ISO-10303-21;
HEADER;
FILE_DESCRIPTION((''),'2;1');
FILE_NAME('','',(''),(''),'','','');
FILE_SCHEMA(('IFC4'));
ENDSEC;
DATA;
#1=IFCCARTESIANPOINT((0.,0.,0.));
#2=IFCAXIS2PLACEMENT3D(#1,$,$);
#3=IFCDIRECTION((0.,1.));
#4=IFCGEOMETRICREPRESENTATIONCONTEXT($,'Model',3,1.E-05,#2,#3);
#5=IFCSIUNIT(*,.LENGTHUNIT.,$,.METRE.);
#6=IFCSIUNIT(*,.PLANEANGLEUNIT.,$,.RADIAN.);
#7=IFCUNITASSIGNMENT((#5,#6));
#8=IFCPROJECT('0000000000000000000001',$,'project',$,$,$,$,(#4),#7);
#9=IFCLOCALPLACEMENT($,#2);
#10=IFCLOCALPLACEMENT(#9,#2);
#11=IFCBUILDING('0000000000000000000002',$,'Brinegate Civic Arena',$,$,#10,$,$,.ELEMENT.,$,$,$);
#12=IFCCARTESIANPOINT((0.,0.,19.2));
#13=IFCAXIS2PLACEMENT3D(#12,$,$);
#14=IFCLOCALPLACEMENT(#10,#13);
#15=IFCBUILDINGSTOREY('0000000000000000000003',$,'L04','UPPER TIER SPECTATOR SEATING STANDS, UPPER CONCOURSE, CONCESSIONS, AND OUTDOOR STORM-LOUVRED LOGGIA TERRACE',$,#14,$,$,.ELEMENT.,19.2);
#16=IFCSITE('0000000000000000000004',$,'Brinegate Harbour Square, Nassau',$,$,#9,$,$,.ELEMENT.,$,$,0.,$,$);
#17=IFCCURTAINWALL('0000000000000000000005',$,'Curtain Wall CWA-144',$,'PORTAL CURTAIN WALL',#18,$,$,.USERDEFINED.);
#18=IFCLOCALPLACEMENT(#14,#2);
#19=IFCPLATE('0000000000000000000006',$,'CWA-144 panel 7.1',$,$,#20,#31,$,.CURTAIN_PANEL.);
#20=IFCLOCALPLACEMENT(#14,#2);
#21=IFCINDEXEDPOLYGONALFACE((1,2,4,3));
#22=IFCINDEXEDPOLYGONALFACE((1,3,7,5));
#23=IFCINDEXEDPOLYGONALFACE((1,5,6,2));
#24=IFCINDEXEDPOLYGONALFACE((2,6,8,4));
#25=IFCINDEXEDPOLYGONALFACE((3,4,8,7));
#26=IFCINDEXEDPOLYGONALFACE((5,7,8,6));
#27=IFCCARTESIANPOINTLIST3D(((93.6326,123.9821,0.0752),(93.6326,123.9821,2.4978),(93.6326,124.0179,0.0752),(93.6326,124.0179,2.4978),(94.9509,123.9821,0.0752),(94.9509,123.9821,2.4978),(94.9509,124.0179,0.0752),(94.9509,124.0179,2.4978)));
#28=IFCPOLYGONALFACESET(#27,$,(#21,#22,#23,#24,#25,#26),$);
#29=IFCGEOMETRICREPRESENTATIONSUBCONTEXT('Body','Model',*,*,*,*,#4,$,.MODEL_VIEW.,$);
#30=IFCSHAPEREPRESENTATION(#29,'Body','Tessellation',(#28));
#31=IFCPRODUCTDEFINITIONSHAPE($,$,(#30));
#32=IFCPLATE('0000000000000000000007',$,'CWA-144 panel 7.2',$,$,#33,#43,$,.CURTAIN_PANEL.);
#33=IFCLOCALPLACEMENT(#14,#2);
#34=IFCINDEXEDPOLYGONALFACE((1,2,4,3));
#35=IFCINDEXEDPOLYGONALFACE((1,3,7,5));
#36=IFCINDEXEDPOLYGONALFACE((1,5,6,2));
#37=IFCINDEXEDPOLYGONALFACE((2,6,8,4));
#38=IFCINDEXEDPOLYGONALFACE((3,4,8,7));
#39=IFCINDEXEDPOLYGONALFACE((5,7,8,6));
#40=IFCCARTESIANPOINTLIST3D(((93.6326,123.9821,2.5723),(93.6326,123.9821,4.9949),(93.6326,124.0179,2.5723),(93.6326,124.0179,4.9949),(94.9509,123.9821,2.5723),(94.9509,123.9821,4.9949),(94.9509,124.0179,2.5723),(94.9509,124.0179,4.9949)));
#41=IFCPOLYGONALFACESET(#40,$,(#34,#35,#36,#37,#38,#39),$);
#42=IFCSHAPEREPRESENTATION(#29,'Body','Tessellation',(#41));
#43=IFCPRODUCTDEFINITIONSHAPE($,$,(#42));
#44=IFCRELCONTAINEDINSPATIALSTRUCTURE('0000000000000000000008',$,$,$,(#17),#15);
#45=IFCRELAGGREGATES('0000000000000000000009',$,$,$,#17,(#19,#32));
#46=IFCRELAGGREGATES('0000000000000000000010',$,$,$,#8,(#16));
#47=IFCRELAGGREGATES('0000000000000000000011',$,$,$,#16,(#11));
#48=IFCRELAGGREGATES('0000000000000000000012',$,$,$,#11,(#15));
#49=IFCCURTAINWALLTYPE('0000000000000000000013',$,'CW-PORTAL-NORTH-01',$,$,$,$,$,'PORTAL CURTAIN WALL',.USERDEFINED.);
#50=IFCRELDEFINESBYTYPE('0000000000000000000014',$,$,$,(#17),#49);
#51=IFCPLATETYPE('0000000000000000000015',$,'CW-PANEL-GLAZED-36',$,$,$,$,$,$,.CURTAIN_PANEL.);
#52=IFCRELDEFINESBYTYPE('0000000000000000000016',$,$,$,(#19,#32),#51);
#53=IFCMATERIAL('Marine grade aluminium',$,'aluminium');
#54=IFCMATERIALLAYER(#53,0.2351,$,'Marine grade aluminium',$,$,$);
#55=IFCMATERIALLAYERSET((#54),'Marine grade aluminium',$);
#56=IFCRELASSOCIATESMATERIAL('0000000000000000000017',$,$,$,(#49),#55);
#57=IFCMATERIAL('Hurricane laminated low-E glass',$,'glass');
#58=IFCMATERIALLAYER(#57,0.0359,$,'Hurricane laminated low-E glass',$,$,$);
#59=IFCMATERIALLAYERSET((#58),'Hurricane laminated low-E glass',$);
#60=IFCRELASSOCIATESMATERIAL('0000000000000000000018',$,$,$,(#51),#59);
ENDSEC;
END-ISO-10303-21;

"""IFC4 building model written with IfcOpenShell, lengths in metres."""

from ifc_helpers import new_model, si_unit, direction, frame, origin, origin_2d, place, context, subcontext, project, spatial, rectangle, extrude, material, layer, layer_set, type_object, element, aggregate, save


model = new_model("IFC4")

# Units and contexts
model_context = context("Model", 3, precision=1e-05, world=origin(), true_north=direction((0.0, 1.0)))
body_context = subcontext(model_context, "Body", "Model", "MODEL_VIEW")
ifc_project = project(units=[si_unit("LENGTHUNIT", "METRE"), si_unit("PLANEANGLEUNIT", "RADIAN")], contexts=[model_context])

# Site, building, storey
site_placement = place(None, origin())
site = spatial("IfcSite", under=ifc_project, at=site_placement, Name="Brinegate Harbour Square, Nassau", CompositionType="ELEMENT", RefElevation=0.0)
building_placement = place(site_placement, origin())
building = spatial("IfcBuilding", under=site, at=building_placement, Name="Brinegate Civic Arena", CompositionType="ELEMENT")
storey_placement = place(building_placement, frame((0.0, 0.0, 19.2)))
storey = spatial("IfcBuildingStorey", under=building, at=storey_placement, Name="L04", Description="UPPER TIER SPECTATOR SEATING STANDS, UPPER CONCOURSE, CONCESSIONS, AND OUTDOOR STORM-LOUVRED LOGGIA TERRACE", CompositionType="ELEMENT", Elevation=19.2)

# Shared definitions
ifc_material_1 = material(Name="Marine grade aluminium", Category="aluminium")
ifc_layer_1 = layer(ifc_material_1, 0.2351, Name="Marine grade aluminium")
ifc_layer_set_1 = layer_set([ifc_layer_1], Name="Marine grade aluminium")
curtain_wall_type = type_object("IfcCurtainWallType", Name="CW-PORTAL-NORTH-01", ElementType="PORTAL CURTAIN WALL", PredefinedType="USERDEFINED", material=ifc_layer_set_1)

# Curtain wall
curtain_wall_1_placement = place(storey_placement, origin())
curtain_wall_1 = element("IfcCurtainWall", 1, at=curtain_wall_1_placement, inside=storey, type_object=curtain_wall_type, Name="Curtain Wall CWA-144", ObjectType="PORTAL CURTAIN WALL", PredefinedType="USERDEFINED")

# Plates
ifc_material_2 = material(Name="Hurricane laminated low-E glass", Category="glass")
ifc_layer_2 = layer(ifc_material_2, 0.0359, Name="Hurricane laminated low-E glass")
ifc_layer_set_2 = layer_set([ifc_layer_2], Name="Hurricane laminated low-E glass")
plate_type_1 = type_object("IfcPlateType", Name="CW-PANEL-GLAZED-36", PredefinedType="CURTAIN_PANEL", material=ifc_layer_set_2)
plate_1_placement = place(storey_placement, frame((94.2917, 124.0, 0.0752), z_axis=(0.0, 0.0, 1.0), x_axis=(1.0, 0.0, 0.0)))
plate_1 = element("IfcPlate", 2, at=plate_1_placement, type_object=plate_type_1, Name="CWA-144 panel 7.1", PredefinedType="CURTAIN_PANEL", context=body_context, shape_type="SweptSolid", body=[
    extrude(rectangle(XDim=1.3184, YDim=0.0359, at=origin_2d()), origin(), (0.0, 0.0, 1.0), 2.4226),
])
plate_2_placement = place(storey_placement, frame((94.2917, 124.0, 2.5723), z_axis=(0.0, 0.0, 1.0), x_axis=(1.0, 0.0, 0.0)))
plate_2 = element("IfcPlate", 3, at=plate_2_placement, type_object=plate_type_1, Name="CWA-144 panel 7.2", PredefinedType="CURTAIN_PANEL", context=body_context, shape_type="SweptSolid", body=[
    extrude(rectangle(XDim=1.3184, YDim=0.0359, at=origin_2d()), origin(), (0.0, 0.0, 1.0), 2.4226),
])
aggregate(curtain_wall_1, [plate_1, plate_2])

save(model, "model.ifc")
